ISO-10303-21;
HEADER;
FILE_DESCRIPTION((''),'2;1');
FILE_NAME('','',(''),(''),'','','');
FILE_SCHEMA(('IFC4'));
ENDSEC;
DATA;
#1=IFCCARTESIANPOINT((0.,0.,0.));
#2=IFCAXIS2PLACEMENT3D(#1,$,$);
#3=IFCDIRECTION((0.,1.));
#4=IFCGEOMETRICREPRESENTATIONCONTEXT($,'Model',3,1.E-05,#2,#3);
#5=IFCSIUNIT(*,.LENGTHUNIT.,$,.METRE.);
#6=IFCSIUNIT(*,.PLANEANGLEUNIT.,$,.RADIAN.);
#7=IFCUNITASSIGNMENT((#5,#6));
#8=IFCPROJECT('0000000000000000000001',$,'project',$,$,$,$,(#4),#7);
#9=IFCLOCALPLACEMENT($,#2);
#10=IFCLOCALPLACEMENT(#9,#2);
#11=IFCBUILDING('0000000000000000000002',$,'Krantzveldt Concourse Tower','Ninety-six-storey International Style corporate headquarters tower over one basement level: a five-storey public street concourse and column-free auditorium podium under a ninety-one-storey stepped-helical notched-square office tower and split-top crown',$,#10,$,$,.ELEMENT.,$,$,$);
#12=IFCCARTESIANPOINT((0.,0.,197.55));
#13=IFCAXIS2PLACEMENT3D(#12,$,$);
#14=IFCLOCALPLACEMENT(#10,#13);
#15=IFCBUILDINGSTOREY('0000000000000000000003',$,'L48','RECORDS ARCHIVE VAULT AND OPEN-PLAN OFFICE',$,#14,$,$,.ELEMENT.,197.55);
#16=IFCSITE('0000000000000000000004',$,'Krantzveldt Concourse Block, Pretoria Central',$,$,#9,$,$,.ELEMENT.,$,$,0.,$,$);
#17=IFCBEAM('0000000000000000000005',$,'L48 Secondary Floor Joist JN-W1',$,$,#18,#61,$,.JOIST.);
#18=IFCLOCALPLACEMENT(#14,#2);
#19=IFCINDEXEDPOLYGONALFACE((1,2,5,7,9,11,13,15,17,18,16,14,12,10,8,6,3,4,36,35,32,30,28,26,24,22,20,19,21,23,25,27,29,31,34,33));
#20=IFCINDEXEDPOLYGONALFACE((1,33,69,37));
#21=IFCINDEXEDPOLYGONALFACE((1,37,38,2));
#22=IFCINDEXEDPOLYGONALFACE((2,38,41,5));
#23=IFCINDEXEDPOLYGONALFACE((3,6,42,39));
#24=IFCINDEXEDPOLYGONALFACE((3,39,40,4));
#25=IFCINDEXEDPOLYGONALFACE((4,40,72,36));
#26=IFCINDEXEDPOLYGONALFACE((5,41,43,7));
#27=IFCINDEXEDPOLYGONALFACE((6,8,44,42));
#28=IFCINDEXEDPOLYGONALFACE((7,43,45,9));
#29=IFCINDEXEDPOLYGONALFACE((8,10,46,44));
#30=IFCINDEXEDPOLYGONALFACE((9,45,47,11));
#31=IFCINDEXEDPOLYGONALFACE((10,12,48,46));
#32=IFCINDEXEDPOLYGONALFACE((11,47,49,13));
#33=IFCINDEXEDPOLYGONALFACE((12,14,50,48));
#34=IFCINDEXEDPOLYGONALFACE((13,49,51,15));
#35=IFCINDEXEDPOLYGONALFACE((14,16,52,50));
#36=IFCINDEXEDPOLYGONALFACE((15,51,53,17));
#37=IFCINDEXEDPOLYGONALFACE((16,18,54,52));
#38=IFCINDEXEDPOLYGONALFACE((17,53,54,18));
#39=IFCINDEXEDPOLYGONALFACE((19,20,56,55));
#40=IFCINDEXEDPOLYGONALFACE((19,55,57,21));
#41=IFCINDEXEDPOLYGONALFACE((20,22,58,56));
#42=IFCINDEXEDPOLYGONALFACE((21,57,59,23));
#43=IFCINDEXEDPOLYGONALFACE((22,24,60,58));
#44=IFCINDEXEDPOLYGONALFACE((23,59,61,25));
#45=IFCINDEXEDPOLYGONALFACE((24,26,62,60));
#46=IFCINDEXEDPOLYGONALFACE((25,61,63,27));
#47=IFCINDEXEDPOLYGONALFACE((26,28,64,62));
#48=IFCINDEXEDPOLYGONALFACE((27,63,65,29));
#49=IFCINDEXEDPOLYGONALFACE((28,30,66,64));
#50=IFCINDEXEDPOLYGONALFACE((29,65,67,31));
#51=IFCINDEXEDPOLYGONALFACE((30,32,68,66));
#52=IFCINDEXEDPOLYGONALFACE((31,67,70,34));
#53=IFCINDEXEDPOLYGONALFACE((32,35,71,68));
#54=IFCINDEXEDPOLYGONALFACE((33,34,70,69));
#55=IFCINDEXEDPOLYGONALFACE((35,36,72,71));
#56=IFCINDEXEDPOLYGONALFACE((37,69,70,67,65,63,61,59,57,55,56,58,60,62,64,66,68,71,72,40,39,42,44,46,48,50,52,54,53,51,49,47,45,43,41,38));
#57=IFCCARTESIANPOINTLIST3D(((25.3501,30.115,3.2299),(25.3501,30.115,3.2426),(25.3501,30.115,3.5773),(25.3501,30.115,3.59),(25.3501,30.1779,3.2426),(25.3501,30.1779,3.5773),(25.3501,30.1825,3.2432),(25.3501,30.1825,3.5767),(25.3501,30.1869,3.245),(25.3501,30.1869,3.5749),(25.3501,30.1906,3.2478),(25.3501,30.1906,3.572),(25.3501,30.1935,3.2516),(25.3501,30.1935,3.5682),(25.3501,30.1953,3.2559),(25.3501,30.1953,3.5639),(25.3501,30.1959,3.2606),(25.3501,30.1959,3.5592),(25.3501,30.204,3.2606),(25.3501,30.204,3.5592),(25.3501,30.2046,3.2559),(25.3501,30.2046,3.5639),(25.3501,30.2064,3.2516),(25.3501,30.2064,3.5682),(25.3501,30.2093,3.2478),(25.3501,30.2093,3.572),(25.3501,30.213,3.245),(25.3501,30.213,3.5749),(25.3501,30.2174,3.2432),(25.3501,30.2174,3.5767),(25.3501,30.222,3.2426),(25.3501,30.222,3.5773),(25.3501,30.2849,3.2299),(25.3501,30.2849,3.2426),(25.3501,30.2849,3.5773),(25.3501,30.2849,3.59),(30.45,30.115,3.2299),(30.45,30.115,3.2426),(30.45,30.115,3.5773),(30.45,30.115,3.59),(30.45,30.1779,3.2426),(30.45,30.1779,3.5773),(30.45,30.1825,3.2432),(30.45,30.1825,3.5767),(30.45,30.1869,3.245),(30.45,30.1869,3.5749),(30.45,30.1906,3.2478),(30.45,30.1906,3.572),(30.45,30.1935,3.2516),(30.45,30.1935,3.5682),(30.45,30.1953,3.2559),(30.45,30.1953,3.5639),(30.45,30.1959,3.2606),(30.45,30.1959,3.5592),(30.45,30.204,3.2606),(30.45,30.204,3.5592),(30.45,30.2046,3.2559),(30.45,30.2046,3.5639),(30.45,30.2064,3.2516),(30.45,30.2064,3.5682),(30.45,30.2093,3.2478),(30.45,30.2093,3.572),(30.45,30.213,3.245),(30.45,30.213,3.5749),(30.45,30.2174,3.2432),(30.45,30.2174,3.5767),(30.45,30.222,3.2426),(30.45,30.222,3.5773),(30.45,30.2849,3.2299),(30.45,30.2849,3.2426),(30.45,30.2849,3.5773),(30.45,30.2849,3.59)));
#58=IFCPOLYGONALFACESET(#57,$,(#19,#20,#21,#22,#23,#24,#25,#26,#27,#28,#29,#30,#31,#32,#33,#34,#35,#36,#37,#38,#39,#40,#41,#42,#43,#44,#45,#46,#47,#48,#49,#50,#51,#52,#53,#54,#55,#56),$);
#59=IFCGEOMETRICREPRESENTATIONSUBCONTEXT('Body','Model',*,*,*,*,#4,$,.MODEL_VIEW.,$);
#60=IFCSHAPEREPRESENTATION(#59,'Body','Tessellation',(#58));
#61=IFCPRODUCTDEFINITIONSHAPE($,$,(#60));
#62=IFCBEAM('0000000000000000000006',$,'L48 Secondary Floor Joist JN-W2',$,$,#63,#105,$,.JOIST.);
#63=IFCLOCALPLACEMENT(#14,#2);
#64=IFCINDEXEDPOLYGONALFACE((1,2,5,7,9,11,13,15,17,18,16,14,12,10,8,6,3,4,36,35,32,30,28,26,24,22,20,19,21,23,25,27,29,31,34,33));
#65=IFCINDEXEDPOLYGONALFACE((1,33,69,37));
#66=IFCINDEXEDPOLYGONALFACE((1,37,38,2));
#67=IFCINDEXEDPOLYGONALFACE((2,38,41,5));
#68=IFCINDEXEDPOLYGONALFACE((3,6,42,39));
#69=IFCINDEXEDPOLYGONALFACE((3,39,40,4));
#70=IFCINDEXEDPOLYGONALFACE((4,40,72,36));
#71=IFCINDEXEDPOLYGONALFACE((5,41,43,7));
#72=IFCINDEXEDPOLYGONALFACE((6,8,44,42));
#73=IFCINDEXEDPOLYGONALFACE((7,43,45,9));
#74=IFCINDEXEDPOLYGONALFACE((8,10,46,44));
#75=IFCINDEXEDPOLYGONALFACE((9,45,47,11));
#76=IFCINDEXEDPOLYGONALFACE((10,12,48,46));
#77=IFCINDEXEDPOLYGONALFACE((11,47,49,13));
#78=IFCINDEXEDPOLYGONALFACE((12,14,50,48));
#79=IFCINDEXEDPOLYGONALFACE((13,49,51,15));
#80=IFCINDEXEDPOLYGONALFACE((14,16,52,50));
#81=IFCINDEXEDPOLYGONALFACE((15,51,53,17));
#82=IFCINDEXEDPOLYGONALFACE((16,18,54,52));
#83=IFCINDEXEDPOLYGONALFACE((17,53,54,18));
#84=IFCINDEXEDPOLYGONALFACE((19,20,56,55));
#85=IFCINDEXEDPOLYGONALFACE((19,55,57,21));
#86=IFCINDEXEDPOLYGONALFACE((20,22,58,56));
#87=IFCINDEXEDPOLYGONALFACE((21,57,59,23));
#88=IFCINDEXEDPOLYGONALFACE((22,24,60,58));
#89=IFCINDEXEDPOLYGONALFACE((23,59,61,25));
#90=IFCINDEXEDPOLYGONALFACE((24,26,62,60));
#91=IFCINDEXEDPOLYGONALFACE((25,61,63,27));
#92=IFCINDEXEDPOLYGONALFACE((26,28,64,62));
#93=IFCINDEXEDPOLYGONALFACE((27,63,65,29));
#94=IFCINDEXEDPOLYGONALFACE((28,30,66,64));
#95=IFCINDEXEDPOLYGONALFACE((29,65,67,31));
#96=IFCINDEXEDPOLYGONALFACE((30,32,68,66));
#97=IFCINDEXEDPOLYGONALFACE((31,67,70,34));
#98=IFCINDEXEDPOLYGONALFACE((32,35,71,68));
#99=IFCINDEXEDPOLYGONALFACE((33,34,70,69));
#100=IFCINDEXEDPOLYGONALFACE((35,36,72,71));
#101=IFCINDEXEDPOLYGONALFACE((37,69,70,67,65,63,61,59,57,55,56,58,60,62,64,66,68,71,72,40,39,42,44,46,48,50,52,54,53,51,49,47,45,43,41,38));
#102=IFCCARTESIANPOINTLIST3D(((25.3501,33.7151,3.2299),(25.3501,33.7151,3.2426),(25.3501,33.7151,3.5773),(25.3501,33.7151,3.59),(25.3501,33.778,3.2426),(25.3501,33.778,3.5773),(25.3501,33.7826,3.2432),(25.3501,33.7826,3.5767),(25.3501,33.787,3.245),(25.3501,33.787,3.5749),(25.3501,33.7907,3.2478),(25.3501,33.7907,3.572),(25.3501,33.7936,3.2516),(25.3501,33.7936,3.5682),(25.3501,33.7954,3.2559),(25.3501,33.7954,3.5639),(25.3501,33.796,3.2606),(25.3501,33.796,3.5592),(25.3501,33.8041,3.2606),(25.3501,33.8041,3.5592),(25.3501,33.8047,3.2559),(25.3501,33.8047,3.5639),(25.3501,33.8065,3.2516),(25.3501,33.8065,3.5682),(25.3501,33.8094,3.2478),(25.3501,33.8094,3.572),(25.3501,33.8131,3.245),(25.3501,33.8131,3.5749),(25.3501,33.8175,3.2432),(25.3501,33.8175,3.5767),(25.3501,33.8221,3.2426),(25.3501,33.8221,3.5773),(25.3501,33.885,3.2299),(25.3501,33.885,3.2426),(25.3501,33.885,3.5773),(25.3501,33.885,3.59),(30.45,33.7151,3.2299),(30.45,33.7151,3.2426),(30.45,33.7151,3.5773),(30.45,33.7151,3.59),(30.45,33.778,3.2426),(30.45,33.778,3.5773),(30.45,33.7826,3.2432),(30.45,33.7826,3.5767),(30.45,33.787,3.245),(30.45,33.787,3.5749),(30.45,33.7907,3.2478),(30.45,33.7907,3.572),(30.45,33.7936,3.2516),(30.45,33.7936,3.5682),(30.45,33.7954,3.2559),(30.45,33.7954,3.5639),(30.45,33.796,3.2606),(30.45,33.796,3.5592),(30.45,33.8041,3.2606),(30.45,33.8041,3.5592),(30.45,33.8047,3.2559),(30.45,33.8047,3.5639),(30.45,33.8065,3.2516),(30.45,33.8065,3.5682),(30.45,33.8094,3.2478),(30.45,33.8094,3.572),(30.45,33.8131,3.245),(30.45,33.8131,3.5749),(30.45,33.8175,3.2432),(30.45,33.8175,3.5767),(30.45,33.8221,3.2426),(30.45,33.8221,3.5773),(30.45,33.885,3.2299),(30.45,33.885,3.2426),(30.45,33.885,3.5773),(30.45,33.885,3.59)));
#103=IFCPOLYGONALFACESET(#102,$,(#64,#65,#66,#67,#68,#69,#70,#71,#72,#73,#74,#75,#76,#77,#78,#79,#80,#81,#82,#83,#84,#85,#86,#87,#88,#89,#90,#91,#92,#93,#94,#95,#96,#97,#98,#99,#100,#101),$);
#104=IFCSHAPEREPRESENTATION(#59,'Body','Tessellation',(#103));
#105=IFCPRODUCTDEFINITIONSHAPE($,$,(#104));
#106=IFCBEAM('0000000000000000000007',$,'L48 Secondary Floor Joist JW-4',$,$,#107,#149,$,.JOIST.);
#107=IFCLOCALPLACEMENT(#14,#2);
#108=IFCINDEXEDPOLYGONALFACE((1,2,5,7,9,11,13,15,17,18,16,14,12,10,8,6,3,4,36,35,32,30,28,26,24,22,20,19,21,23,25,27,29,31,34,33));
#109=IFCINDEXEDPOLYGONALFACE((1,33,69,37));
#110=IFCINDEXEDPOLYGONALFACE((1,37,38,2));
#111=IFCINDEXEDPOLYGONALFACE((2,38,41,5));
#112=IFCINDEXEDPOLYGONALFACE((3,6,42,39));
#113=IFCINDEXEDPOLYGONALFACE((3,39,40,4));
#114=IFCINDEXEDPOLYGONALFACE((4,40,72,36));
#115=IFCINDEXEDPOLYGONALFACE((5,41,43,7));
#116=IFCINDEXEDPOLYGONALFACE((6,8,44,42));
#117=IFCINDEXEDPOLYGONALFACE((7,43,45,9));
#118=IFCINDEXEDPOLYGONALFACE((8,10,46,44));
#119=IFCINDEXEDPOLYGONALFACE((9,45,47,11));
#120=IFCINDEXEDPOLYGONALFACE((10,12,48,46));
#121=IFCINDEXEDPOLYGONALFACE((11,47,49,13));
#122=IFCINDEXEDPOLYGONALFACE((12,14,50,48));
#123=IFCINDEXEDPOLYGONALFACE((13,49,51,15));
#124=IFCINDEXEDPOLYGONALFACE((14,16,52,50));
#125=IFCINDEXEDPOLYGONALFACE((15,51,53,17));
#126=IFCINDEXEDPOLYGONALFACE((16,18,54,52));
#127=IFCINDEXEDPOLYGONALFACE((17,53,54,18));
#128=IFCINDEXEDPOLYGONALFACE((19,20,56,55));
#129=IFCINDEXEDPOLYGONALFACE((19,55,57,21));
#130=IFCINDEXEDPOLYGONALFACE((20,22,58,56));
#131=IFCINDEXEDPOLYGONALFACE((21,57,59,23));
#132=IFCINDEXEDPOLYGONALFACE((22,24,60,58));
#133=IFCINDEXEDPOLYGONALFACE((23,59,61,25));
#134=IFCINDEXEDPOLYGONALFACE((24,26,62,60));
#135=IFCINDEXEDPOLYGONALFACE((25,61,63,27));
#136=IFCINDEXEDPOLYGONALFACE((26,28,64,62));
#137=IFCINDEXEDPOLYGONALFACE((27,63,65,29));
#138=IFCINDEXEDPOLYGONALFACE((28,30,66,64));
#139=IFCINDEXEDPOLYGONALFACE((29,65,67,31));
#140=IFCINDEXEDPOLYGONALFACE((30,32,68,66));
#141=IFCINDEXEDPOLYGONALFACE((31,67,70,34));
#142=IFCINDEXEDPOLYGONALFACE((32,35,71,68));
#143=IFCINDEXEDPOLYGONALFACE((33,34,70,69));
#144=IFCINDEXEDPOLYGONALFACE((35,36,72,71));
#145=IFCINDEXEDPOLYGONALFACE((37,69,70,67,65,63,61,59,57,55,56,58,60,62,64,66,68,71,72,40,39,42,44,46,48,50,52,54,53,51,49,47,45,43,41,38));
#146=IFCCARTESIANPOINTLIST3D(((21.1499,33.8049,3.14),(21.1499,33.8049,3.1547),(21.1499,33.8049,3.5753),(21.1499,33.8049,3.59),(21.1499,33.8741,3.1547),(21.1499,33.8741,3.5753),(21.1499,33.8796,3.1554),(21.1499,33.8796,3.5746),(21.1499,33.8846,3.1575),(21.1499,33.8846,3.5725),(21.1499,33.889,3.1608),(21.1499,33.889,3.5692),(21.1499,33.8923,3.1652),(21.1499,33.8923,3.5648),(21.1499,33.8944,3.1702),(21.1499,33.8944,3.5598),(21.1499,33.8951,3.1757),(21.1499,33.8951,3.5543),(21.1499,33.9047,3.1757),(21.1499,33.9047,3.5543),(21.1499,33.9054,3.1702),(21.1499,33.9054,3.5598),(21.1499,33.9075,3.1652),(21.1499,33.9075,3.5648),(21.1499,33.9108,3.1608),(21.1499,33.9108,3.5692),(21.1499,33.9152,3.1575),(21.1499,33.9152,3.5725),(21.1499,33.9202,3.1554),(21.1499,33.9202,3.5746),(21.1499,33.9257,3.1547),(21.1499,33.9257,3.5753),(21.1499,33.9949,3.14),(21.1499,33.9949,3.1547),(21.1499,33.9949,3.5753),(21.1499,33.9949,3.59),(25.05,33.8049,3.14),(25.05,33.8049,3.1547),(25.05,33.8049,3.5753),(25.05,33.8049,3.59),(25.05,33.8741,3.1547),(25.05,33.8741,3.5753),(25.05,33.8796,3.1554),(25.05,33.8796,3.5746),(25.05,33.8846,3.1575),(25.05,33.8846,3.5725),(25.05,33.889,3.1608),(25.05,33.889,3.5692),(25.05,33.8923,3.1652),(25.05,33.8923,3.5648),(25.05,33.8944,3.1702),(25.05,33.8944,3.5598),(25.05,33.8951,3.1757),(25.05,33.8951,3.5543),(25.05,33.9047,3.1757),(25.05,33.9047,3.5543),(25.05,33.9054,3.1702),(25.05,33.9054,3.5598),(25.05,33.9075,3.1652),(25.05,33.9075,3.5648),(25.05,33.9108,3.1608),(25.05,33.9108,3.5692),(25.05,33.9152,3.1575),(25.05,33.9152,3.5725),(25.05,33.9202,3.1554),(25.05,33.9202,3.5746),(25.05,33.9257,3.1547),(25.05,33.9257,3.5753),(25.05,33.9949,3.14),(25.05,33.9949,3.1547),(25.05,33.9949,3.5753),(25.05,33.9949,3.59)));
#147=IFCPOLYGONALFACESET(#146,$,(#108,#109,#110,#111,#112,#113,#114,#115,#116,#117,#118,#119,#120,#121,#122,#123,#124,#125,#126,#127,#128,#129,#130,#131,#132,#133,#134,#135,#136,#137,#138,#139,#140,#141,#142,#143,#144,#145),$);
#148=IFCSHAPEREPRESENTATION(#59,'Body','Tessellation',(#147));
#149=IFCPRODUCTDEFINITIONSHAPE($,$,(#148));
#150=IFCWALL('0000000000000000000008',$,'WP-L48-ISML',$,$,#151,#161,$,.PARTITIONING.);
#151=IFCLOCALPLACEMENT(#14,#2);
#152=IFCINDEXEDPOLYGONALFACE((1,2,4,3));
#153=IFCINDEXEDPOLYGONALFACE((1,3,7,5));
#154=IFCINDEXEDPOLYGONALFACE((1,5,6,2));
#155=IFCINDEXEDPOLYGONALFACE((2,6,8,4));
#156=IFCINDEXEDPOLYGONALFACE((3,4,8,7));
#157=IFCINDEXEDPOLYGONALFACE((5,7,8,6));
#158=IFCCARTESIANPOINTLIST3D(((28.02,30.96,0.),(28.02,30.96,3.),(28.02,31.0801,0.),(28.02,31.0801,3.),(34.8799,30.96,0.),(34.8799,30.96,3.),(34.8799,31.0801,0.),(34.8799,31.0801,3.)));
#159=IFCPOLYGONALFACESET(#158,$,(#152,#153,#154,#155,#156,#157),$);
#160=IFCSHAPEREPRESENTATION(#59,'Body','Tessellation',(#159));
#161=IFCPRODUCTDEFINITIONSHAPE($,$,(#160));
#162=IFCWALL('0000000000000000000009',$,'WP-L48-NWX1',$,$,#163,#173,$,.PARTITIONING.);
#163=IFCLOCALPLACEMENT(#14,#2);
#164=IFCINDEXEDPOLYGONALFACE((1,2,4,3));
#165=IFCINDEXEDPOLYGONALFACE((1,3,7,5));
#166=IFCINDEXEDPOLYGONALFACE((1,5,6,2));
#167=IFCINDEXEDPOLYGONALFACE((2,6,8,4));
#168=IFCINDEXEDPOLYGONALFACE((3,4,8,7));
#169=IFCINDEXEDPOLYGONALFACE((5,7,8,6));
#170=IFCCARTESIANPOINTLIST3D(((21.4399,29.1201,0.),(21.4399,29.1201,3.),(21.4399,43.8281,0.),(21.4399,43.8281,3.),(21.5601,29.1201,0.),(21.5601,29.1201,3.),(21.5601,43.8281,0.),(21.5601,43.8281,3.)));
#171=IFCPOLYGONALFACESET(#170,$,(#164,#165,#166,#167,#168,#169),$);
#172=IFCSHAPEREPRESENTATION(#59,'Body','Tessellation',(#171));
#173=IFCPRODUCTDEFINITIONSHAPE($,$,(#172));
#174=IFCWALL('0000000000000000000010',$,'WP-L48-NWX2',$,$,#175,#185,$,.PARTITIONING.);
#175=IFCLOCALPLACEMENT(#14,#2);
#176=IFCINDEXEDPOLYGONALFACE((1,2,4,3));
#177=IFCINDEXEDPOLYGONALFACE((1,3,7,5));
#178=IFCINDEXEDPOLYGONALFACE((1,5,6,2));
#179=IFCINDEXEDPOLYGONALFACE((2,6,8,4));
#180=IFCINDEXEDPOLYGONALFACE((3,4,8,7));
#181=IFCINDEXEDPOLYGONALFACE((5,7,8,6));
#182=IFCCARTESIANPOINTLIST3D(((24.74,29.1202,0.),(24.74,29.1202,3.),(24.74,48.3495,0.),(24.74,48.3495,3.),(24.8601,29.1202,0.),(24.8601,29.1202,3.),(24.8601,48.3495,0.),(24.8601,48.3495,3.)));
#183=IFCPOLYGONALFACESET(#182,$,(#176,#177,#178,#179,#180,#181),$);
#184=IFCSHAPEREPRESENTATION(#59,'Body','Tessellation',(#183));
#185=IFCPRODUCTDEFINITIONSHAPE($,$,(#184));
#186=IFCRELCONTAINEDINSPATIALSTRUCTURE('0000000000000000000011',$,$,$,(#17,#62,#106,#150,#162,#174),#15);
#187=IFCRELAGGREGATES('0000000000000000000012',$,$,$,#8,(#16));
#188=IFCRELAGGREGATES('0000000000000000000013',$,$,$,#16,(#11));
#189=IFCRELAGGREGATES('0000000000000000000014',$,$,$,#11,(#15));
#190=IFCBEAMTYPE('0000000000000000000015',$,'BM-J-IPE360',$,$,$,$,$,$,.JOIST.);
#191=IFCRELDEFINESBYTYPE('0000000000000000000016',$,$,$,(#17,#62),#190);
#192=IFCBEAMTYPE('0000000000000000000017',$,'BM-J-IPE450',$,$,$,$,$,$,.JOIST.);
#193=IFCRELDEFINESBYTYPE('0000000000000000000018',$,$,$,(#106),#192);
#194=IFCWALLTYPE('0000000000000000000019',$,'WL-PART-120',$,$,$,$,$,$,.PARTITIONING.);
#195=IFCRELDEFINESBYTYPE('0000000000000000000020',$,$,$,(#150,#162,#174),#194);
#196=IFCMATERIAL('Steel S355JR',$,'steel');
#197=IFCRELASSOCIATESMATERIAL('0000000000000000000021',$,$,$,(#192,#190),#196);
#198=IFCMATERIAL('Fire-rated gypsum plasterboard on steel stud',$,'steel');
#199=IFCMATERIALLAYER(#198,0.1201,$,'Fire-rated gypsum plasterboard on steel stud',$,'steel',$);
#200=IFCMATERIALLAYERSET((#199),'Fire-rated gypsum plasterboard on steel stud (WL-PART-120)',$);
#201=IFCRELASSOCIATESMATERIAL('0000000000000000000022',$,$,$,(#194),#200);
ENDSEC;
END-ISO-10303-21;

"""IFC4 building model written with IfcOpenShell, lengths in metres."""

from ifc_helpers import new_model, si_unit, direction, frame, frame_2d, origin, origin_2d, place, context, subcontext, project, spatial, rectangle, i_section, extrude, source, transform, mapped, material, layer, layer_set, material_profile, profile_set, type_object, type_shapes, element, save


model = new_model("IFC4")

# Units and contexts
model_context = context("Model", 3, precision=1e-05, world=origin(), true_north=direction((0.0, 1.0)))
body_context = subcontext(model_context, "Body", "Model", "MODEL_VIEW")
ifc_project = project(units=[si_unit("LENGTHUNIT", "METRE"), si_unit("PLANEANGLEUNIT", "RADIAN")], contexts=[model_context])

# Site, building, storey
site_placement = place(None, origin())
site = spatial("IfcSite", under=ifc_project, at=site_placement, Name="Krantzveldt Concourse Block, Pretoria Central", CompositionType="ELEMENT", RefElevation=0.0)
building_placement = place(site_placement, origin())
building = spatial("IfcBuilding", under=site, at=building_placement, Name="Krantzveldt Concourse Tower", Description="Ninety-six-storey International Style corporate headquarters tower over one basement level: a five-storey public street concourse and column-free auditorium podium under a ninety-one-storey stepped-helical notched-square office tower and split-top crown", CompositionType="ELEMENT")
storey_placement = place(building_placement, frame((0.0, 0.0, 197.55)))
storey = spatial("IfcBuildingStorey", under=building, at=storey_placement, Name="L48", Description="RECORDS ARCHIVE VAULT AND OPEN-PLAN OFFICE", CompositionType="ELEMENT", Elevation=197.55)

# Beams
ifc_material_1 = material(Name="Steel S355JR", Category="steel")
ifc_material_profile_1 = material_profile(ifc_material_1, i_section(OverallWidth=0.1899, OverallDepth=0.45, WebThickness=0.0095, FlangeThickness=0.0146, FilletRadius=0.021, at=origin_2d()), Name="Steel S355JR", Category="steel")
ifc_profile_set_1 = profile_set([ifc_material_profile_1], Name="Steel S355JR - IPE 450")
beam_type_1 = type_object("IfcBeamType", Name="BM-J-IPE450", PredefinedType="JOIST", material=ifc_profile_set_1)
ifc_material_profile_2 = material_profile(ifc_material_1, i_section(OverallWidth=0.1699, OverallDepth=0.3601, WebThickness=0.0081, FlangeThickness=0.0127, FilletRadius=0.0181, at=origin_2d()), Name="Steel S355JR", Category="steel")
ifc_profile_set_2 = profile_set([ifc_material_profile_2], Name="Steel S355JR - IPE 360")
beam_type_2 = type_object("IfcBeamType", Name="BM-J-IPE360", PredefinedType="JOIST", material=ifc_profile_set_2)
shared_shape_1 = source(origin(), body_context, "Body", "SweptSolid", [
    extrude(i_section(OverallWidth=0.1699, OverallDepth=0.3601, WebThickness=0.0081, FlangeThickness=0.0127, FilletRadius=0.0181, at=origin_2d()), origin(), (0.0, 0.0, 1.0), 5.0999),
])
type_shapes(beam_type_2, [shared_shape_1])
for number, where, z_axis, x_axis, name in (
    (1, (25.3501, 30.2, 3.4099), (1.0, 0.0, 0.0), (0.0, 1.0, 0.0), "L48 Secondary Floor Joist JN-W1"),
    (2, (25.3501, 33.8, 3.4099), (1.0, 0.0, 0.0), (0.0, 1.0, 0.0), "L48 Secondary Floor Joist JN-W2"),
):
    element("IfcBeam", number, at=place(storey_placement, frame(where, z_axis=z_axis, x_axis=x_axis)), inside=storey, type_object=beam_type_2, Name=name, PredefinedType="JOIST", context=body_context, shape_type="MappedRepresentation", body=[
        mapped(shared_shape_1, transform((0.0, 0.0, 0.0), x_axis=(1.0, 0.0, 0.0), y_axis=(0.0, 1.0, 0.0), z_axis=(0.0, 0.0, 1.0), scale=1.0)),
    ])
shared_shape_2 = source(origin(), body_context, "Body", "SweptSolid", [
    extrude(i_section(OverallWidth=0.1899, OverallDepth=0.45, WebThickness=0.0095, FlangeThickness=0.0146, FilletRadius=0.021, at=origin_2d()), origin(), (0.0, 0.0, 1.0), 3.9001),
])
beam_1_placement = place(storey_placement, frame((21.1499, 33.8999, 3.365), z_axis=(1.0, 0.0, 0.0), x_axis=(0.0, 1.0, 0.0)))
element("IfcBeam", 3, at=beam_1_placement, inside=storey, type_object=beam_type_1, Name="L48 Secondary Floor Joist JW-4", PredefinedType="JOIST", context=body_context, shape_type="MappedRepresentation", body=[
    mapped(shared_shape_2, transform((0.0, 0.0, 0.0), x_axis=(1.0, 0.0, 0.0), y_axis=(0.0, 1.0, 0.0), z_axis=(0.0, 0.0, 1.0), scale=1.0)),
])

# Walls
ifc_material_2 = material(Name="Fire-rated gypsum plasterboard on steel stud", Category="steel")
ifc_layer_1 = layer(ifc_material_2, 0.1201, Name="Fire-rated gypsum plasterboard on steel stud", Category="steel")
ifc_layer_set_1 = layer_set([ifc_layer_1], Name="Fire-rated gypsum plasterboard on steel stud (WL-PART-120)")
wall_type_1 = type_object("IfcWallType", Name="WL-PART-120", PredefinedType="PARTITIONING", material=ifc_layer_set_1)
wall_1_placement = place(storey_placement, frame((28.02, 31.02, 0.0), z_axis=(0.0, 0.0, 1.0), x_axis=(1.0, 0.0, 0.0)))
element("IfcWall", 4, at=wall_1_placement, inside=storey, type_object=wall_type_1, Name="WP-L48-ISML", PredefinedType="PARTITIONING", context=body_context, shape_type="SweptSolid", body=[
    extrude(rectangle(XDim=6.8599, YDim=0.1201, at=frame_2d((3.4299, 0.0))), origin(), (0.0, 0.0, 1.0), 3.0),
])
wall_2_placement = place(storey_placement, frame((21.5, 29.1201, 0.0), z_axis=(0.0, 0.0, 1.0), x_axis=(0.0, 1.0, 0.0)))
element("IfcWall", 5, at=wall_2_placement, inside=storey, type_object=wall_type_1, Name="WP-L48-NWX1", PredefinedType="PARTITIONING", context=body_context, shape_type="SweptSolid", body=[
    extrude(rectangle(XDim=14.708, YDim=0.1201, at=frame_2d((7.354, 0.0))), origin(), (0.0, 0.0, 1.0), 3.0),
])
wall_3_placement = place(storey_placement, frame((24.8, 29.1201, 0.0), z_axis=(0.0, 0.0, 1.0), x_axis=(0.0, 1.0, 0.0)))
element("IfcWall", 6, at=wall_3_placement, inside=storey, type_object=wall_type_1, Name="WP-L48-NWX2", PredefinedType="PARTITIONING", context=body_context, shape_type="SweptSolid", body=[
    extrude(rectangle(XDim=19.2292, YDim=0.1201, at=frame_2d((9.6147, 0.0))), origin(), (0.0, 0.0, 1.0), 3.0),
])

save(model, "model.ifc")
